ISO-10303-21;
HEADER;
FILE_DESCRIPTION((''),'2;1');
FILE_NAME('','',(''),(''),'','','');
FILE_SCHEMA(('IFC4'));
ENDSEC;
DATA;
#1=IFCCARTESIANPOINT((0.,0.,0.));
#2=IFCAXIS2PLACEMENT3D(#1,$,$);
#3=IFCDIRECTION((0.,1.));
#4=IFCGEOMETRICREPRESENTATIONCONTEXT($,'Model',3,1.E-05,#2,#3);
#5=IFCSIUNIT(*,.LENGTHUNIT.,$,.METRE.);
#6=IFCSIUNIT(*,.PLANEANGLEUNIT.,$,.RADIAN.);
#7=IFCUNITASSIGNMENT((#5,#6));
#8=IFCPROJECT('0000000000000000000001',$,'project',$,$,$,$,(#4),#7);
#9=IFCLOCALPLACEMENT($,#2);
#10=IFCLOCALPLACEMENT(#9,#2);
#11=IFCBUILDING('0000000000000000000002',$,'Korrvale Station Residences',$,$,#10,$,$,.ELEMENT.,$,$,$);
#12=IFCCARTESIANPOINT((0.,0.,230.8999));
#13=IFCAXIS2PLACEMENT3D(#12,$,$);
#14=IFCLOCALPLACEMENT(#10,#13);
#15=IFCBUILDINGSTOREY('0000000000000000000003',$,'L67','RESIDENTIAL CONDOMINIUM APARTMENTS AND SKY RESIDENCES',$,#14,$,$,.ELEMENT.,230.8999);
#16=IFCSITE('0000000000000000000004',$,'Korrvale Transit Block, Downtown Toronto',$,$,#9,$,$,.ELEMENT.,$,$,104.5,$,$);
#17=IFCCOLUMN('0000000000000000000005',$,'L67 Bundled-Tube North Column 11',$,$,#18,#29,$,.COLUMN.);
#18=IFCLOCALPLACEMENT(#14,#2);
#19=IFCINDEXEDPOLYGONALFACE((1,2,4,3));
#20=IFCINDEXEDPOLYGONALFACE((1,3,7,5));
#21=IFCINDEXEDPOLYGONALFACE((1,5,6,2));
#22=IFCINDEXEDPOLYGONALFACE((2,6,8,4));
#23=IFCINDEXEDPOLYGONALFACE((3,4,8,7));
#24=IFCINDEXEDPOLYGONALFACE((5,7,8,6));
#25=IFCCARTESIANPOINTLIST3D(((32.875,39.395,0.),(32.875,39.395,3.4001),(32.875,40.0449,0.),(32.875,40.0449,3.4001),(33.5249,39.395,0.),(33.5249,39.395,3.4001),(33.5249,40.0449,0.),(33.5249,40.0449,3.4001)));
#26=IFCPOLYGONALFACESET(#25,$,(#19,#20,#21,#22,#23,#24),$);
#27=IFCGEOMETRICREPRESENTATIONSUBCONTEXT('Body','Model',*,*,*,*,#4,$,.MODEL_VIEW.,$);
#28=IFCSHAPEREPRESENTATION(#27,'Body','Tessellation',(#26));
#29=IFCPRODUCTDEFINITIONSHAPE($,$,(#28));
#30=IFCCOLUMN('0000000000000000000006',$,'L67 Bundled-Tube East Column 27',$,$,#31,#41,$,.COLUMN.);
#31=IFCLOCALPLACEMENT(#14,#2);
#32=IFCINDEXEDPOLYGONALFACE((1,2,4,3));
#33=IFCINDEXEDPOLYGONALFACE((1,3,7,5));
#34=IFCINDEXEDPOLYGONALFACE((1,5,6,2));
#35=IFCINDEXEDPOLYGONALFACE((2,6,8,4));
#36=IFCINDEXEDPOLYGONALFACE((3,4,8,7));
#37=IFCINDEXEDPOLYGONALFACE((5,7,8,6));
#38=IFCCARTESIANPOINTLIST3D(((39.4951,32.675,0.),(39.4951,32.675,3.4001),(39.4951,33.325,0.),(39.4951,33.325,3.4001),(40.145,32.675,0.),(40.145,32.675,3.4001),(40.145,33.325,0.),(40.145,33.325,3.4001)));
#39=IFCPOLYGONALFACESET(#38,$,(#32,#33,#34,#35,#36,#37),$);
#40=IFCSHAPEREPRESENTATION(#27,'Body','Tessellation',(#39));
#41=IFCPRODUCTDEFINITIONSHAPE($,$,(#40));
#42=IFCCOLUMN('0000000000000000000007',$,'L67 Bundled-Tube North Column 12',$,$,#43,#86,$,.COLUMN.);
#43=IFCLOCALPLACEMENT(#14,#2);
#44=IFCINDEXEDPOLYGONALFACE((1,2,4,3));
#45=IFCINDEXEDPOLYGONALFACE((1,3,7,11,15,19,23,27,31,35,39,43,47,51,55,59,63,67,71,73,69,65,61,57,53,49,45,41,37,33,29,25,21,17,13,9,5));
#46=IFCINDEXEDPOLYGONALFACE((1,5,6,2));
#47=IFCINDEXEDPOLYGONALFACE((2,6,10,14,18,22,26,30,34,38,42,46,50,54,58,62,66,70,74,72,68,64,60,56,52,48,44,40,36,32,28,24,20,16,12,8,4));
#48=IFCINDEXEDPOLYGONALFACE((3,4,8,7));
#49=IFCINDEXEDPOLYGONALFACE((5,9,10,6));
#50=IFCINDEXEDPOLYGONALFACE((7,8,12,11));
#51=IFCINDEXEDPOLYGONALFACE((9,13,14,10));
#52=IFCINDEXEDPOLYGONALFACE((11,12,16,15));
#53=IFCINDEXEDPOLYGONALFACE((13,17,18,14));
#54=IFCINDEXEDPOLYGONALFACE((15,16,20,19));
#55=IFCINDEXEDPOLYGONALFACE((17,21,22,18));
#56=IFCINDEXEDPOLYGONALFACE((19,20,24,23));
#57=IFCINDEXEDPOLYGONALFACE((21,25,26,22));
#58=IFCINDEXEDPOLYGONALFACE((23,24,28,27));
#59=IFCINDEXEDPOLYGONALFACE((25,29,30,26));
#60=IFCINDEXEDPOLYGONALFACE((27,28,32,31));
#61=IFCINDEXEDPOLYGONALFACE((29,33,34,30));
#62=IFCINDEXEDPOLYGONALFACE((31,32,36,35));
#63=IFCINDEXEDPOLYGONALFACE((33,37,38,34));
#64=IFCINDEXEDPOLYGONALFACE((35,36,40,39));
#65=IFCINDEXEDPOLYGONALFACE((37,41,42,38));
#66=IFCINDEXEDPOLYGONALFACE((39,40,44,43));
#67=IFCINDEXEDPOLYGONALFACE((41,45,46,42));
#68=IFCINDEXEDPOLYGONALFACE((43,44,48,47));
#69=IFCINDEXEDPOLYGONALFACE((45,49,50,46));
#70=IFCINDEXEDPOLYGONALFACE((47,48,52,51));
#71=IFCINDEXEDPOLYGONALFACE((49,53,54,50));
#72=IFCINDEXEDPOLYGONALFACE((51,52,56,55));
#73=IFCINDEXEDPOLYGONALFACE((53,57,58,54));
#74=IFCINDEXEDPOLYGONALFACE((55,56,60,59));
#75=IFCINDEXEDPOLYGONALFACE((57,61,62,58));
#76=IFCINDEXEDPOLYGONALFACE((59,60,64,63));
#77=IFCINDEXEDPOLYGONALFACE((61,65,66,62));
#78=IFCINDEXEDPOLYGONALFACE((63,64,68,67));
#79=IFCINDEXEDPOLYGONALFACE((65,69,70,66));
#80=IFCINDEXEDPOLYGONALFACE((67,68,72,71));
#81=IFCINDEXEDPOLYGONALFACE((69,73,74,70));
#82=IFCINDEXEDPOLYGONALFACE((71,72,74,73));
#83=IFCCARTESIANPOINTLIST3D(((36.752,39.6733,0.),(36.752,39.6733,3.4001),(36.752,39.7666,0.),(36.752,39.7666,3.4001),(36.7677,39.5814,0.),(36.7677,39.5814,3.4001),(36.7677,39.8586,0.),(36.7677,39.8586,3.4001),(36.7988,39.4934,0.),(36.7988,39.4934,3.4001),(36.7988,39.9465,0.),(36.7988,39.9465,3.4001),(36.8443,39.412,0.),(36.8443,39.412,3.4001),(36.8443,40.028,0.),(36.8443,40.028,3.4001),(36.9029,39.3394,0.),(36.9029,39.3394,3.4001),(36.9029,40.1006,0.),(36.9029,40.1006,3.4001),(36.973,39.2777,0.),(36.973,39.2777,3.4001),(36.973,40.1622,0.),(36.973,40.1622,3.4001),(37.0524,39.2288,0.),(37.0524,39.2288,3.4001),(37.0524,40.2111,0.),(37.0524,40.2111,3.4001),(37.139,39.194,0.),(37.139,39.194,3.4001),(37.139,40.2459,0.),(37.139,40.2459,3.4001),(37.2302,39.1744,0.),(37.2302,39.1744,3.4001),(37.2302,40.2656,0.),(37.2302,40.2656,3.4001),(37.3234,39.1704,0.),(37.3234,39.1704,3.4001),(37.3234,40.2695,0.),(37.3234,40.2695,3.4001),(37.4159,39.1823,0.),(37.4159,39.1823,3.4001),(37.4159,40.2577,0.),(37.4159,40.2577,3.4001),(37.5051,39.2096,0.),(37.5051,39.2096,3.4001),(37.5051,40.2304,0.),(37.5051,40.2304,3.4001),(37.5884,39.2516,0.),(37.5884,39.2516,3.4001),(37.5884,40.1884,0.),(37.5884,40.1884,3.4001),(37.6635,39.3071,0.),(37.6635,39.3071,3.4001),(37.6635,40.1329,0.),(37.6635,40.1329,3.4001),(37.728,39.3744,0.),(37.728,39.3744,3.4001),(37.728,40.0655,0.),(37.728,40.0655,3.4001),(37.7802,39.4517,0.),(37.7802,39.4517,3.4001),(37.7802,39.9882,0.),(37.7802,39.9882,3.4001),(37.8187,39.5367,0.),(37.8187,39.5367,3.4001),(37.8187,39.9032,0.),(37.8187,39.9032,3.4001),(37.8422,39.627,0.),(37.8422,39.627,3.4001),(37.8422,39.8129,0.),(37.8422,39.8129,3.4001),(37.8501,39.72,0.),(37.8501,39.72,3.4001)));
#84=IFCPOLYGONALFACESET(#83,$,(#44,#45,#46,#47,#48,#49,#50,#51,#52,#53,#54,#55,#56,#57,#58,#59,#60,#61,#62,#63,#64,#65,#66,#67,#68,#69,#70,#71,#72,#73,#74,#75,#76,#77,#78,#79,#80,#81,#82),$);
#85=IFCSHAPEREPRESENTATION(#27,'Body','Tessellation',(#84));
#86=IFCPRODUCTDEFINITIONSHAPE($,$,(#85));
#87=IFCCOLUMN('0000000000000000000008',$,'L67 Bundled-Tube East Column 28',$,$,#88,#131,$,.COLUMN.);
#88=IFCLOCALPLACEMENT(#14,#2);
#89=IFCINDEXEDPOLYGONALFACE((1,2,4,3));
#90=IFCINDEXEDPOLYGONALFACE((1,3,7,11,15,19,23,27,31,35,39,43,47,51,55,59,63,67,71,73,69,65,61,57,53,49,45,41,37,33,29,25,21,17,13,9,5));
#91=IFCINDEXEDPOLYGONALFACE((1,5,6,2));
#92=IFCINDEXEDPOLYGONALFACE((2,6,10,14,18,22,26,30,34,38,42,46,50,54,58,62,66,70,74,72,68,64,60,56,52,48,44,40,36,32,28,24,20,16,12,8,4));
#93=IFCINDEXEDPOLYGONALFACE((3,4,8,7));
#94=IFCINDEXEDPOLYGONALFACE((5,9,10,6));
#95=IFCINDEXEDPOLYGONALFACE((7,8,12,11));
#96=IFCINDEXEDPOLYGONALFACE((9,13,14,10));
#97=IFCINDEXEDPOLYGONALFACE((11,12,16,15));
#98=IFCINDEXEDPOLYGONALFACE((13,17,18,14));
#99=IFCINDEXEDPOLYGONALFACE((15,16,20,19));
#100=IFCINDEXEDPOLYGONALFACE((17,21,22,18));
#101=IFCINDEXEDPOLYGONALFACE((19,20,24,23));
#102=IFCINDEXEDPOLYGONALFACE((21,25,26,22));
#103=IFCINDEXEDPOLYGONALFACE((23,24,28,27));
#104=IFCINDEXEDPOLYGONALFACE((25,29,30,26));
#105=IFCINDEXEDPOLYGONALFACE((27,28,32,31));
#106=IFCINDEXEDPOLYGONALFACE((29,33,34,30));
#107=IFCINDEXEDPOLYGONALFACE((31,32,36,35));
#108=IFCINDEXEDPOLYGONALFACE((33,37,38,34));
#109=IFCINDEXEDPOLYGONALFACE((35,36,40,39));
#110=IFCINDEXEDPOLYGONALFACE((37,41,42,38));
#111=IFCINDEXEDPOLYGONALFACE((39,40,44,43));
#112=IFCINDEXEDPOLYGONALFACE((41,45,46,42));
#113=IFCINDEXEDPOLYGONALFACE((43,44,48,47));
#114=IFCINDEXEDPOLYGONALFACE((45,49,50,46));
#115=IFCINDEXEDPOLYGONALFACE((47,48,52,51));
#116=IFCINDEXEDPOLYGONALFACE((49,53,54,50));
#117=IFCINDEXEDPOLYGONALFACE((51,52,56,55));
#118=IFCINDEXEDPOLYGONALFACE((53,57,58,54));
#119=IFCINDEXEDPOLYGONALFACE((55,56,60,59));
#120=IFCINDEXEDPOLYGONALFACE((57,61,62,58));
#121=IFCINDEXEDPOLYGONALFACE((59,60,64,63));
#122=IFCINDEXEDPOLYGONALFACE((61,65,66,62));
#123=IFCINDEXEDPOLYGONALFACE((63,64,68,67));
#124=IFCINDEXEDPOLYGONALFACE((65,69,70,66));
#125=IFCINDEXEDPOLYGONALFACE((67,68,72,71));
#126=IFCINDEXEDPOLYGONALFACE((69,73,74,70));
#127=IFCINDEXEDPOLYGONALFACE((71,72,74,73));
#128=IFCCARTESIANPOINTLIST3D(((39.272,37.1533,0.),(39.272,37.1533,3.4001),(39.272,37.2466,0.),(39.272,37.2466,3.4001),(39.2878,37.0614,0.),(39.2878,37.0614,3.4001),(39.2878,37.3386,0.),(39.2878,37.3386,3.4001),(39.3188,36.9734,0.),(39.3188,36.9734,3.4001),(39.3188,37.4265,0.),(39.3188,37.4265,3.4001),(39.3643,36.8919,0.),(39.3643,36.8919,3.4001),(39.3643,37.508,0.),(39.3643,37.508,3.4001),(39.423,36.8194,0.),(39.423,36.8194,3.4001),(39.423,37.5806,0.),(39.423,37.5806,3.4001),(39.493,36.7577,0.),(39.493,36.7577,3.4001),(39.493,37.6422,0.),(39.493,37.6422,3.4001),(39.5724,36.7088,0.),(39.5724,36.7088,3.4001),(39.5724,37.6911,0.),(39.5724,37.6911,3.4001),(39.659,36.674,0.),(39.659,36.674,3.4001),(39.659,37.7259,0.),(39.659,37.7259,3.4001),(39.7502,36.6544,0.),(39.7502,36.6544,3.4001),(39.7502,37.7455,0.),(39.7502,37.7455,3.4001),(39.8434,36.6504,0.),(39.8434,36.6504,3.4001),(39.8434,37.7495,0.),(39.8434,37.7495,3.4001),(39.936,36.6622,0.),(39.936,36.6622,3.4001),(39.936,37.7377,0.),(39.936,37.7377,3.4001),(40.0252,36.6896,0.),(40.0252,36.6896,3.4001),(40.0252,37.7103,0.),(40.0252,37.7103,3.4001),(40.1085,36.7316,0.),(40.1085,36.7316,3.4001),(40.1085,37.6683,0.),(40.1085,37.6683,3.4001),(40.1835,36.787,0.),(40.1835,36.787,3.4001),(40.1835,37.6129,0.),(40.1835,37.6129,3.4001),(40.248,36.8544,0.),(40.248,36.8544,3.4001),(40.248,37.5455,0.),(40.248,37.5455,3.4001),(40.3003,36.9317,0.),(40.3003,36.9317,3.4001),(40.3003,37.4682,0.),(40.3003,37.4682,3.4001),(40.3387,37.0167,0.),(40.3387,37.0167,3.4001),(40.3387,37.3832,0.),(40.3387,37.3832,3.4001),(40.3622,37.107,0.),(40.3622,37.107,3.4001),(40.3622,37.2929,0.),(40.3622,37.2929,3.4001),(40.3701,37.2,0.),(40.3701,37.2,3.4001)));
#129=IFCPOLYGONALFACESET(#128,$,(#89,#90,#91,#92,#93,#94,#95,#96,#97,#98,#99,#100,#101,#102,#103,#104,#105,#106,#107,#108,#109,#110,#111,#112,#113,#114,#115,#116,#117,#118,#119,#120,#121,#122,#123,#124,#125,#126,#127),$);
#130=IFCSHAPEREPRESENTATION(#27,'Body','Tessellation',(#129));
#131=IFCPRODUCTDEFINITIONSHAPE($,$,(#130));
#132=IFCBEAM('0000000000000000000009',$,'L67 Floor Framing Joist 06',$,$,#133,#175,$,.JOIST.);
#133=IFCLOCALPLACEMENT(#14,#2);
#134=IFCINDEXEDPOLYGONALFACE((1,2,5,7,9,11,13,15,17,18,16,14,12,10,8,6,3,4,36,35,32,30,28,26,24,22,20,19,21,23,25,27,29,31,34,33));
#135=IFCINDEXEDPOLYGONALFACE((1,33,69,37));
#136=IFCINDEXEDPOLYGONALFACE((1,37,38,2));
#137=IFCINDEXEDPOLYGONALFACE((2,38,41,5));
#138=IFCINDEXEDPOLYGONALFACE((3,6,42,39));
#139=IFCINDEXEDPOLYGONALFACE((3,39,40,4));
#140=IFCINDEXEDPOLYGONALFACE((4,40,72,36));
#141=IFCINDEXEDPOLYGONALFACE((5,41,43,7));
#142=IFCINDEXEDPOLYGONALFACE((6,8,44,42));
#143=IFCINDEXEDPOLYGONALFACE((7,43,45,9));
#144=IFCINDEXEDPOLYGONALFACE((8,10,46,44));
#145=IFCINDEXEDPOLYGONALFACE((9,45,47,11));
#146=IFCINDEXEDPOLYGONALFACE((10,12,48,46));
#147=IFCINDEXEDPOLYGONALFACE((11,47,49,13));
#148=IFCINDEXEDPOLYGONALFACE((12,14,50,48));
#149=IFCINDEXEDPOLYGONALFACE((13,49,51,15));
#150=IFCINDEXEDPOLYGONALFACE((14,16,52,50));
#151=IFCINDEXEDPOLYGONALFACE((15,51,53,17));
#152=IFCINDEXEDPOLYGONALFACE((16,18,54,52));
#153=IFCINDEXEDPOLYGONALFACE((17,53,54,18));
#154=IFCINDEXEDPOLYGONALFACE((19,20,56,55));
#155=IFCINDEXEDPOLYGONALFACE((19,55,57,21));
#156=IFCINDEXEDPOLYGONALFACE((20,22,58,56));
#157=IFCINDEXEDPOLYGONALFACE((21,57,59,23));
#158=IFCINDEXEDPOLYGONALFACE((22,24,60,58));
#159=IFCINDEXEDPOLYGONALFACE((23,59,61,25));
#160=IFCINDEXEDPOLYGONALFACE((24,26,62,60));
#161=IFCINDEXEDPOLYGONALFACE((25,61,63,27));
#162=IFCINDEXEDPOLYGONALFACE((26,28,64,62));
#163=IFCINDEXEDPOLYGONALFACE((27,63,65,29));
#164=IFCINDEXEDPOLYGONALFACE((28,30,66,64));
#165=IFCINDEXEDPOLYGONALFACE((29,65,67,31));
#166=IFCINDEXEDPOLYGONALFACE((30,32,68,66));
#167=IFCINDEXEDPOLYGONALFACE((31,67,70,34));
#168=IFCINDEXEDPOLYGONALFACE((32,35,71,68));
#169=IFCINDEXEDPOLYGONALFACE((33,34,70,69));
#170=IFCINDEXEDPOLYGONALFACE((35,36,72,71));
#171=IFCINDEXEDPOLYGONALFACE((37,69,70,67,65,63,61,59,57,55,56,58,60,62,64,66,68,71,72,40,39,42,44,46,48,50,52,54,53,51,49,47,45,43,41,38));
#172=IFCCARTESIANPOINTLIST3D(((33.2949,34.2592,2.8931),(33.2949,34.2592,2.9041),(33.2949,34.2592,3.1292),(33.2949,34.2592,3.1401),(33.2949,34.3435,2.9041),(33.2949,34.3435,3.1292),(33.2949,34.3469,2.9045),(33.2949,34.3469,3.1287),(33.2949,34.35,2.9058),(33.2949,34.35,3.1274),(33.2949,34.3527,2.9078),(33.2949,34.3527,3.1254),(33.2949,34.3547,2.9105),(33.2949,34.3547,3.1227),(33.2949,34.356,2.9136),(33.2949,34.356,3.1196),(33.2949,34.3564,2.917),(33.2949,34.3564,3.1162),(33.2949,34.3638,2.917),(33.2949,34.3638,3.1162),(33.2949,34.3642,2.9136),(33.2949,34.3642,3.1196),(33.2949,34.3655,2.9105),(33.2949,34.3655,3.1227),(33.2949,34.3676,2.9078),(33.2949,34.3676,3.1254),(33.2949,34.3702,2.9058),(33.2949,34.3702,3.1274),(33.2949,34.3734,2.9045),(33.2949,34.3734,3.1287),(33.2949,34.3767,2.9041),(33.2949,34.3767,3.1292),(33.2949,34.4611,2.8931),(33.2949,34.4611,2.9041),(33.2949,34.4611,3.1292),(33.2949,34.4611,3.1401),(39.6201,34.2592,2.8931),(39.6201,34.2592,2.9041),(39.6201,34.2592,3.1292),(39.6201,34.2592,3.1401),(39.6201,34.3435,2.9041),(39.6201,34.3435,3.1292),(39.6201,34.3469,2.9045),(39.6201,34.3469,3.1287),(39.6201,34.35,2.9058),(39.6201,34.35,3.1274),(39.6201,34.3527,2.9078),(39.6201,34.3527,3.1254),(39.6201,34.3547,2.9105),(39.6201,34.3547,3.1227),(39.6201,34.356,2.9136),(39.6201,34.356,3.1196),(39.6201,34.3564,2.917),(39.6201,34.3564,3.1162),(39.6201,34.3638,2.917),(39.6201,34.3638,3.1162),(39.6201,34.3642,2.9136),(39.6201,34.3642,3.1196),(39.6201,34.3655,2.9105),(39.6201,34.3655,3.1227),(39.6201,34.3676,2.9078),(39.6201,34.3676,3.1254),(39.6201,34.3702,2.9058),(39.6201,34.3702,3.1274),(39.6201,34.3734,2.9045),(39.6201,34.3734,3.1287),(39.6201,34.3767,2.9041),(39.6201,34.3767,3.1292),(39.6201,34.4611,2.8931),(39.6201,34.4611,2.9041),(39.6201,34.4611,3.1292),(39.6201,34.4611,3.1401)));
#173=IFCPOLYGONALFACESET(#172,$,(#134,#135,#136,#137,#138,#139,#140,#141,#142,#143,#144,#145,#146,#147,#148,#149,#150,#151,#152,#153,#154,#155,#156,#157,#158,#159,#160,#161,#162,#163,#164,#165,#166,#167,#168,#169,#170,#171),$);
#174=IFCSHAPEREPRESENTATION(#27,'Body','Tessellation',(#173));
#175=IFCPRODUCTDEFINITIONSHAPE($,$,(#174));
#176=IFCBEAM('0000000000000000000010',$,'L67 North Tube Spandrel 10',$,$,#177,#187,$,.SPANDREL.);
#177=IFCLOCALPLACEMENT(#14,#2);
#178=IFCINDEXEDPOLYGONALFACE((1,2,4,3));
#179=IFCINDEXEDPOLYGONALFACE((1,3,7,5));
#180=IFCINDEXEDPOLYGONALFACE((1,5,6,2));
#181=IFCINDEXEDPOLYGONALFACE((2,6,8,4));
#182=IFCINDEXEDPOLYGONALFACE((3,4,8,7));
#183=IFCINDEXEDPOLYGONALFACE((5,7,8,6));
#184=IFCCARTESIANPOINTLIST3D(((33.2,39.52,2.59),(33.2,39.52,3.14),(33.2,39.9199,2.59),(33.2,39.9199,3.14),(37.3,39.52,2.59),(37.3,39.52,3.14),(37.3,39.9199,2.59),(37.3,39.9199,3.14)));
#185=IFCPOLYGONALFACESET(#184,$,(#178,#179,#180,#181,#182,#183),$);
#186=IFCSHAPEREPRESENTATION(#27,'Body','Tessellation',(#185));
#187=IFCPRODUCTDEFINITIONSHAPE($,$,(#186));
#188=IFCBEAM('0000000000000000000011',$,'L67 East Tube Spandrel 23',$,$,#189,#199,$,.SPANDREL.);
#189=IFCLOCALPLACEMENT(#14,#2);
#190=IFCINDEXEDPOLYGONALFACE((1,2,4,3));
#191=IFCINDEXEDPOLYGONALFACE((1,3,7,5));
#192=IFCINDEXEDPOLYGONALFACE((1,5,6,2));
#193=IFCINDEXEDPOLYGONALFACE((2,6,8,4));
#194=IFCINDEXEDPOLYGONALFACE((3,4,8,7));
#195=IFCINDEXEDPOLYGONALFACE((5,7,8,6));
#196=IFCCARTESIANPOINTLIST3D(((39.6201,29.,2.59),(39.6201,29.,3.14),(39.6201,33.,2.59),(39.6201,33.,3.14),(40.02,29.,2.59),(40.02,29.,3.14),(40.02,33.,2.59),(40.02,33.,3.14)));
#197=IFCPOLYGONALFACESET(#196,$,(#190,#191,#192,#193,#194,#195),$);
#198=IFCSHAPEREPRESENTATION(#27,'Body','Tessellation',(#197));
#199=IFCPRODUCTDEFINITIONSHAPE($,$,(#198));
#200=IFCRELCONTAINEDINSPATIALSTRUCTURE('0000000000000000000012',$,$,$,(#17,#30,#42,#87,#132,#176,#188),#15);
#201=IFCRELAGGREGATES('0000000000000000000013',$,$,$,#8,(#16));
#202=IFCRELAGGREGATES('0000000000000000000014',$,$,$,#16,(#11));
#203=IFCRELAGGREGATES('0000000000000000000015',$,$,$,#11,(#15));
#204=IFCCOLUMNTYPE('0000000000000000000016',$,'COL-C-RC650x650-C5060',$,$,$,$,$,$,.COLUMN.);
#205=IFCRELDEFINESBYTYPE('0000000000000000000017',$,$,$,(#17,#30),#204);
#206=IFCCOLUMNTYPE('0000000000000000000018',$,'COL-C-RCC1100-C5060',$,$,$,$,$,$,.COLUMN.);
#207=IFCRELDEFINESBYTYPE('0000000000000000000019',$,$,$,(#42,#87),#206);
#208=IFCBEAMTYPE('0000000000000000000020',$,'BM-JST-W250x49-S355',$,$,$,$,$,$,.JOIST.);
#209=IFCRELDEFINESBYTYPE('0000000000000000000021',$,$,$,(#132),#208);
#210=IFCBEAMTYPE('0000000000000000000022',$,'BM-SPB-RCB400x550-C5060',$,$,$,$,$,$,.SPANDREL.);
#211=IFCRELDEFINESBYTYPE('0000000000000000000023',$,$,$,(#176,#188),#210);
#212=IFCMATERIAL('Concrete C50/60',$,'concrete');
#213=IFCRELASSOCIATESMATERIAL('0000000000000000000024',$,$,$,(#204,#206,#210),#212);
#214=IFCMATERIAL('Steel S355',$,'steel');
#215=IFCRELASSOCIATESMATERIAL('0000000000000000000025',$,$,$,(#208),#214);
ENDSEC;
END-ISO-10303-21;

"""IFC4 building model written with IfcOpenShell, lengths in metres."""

from ifc_helpers import new_model, si_unit, direction, frame, origin, origin_2d, place, context, subcontext, project, spatial, rectangle, circle, i_section, extrude, material, material_profile, profile_set, type_object, element, save


model = new_model("IFC4")

# Units and contexts
model_context = context("Model", 3, precision=1e-05, world=origin(), true_north=direction((0.0, 1.0)))
body_context = subcontext(model_context, "Body", "Model", "MODEL_VIEW")
ifc_project = project(units=[si_unit("LENGTHUNIT", "METRE"), si_unit("PLANEANGLEUNIT", "RADIAN")], contexts=[model_context])

# Site, building, storey
site_placement = place(None, origin())
site = spatial("IfcSite", under=ifc_project, at=site_placement, Name="Korrvale Transit Block, Downtown Toronto", CompositionType="ELEMENT", RefElevation=104.5)
building_placement = place(site_placement, origin())
building = spatial("IfcBuilding", under=site, at=building_placement, Name="Korrvale Station Residences", CompositionType="ELEMENT")
storey_placement = place(building_placement, frame((0.0, 0.0, 230.8999)))
storey = spatial("IfcBuildingStorey", under=building, at=storey_placement, Name="L67", Description="RESIDENTIAL CONDOMINIUM APARTMENTS AND SKY RESIDENCES", CompositionType="ELEMENT", Elevation=230.8999)

# Columns
ifc_material_1 = material(Name="Concrete C50/60", Category="concrete")
ifc_material_profile_1 = material_profile(ifc_material_1, rectangle(XDim=0.6499, YDim=0.6499, at=origin_2d()), Name="RC650x650")
ifc_profile_set_1 = profile_set([ifc_material_profile_1], Name="Concrete C50/60")
column_type_1 = type_object("IfcColumnType", Name="COL-C-RC650x650-C5060", PredefinedType="COLUMN", material=ifc_profile_set_1)
for number, where, z_axis, x_axis, name in (
    (1, (33.2, 39.72, 0.0), (0.0, 0.0, 1.0), (1.0, 0.0, 0.0), "L67 Bundled-Tube North Column 11"),
    (2, (39.8201, 33.0, 0.0), (0.0, 0.0, 1.0), (1.0, 0.0, 0.0), "L67 Bundled-Tube East Column 27"),
):
    element("IfcColumn", number, at=place(storey_placement, frame(where, z_axis=z_axis, x_axis=x_axis)), inside=storey, type_object=column_type_1, Name=name, PredefinedType="COLUMN", context=body_context, shape_type="SweptSolid", body=[
        extrude(rectangle(XDim=0.6499, YDim=0.6499, at=origin_2d()), origin(), (0.0, 0.0, 1.0), 3.4001),
    ])
ifc_material_profile_2 = material_profile(ifc_material_1, circle(Radius=0.55, at=origin_2d()), Name="RCC1100")
ifc_profile_set_2 = profile_set([ifc_material_profile_2], Name="Concrete C50/60")
column_type_2 = type_object("IfcColumnType", Name="COL-C-RCC1100-C5060", PredefinedType="COLUMN", material=ifc_profile_set_2)
for number, where, z_axis, x_axis, name in (
    (3, (37.3, 39.72, 0.0), (0.0, 0.0, 1.0), (1.0, 0.0, 0.0), "L67 Bundled-Tube North Column 12"),
    (4, (39.8201, 37.2, 0.0), (0.0, 0.0, 1.0), (1.0, 0.0, 0.0), "L67 Bundled-Tube East Column 28"),
):
    element("IfcColumn", number, at=place(storey_placement, frame(where, z_axis=z_axis, x_axis=x_axis)), inside=storey, type_object=column_type_2, Name=name, PredefinedType="COLUMN", context=body_context, shape_type="SweptSolid", body=[
        extrude(circle(Radius=0.55, at=origin_2d()), origin(), (0.0, 0.0, 1.0), 3.4001),
    ])

# Beams
ifc_material_2 = material(Name="Steel S355", Category="steel")
ifc_material_profile_3 = material_profile(ifc_material_2, i_section(OverallWidth=0.2019, OverallDepth=0.2471, WebThickness=0.0073, FlangeThickness=0.011, FilletRadius=0.0129, at=origin_2d()), Name="W250x49")
ifc_profile_set_3 = profile_set([ifc_material_profile_3], Name="Steel S355")
beam_type_1 = type_object("IfcBeamType", Name="BM-JST-W250x49-S355", PredefinedType="JOIST", material=ifc_profile_set_3)
beam_1_placement = place(storey_placement, frame((33.2949, 34.3601, 3.0166), z_axis=(1.0, 0.0, 0.0), x_axis=(0.0, 1.0, 0.0)))
element("IfcBeam", 5, at=beam_1_placement, inside=storey, type_object=beam_type_1, Name="L67 Floor Framing Joist 06", PredefinedType="JOIST", context=body_context, shape_type="SweptSolid", body=[
    extrude(i_section(OverallWidth=0.2019, OverallDepth=0.2471, WebThickness=0.0073, FlangeThickness=0.011, FilletRadius=0.0129, at=origin_2d()), origin(), (0.0, 0.0, 1.0), 6.3252),
])
ifc_material_profile_4 = material_profile(ifc_material_1, rectangle(XDim=0.3999, YDim=0.55, at=origin_2d()), Name="RCB400x550")
ifc_profile_set_4 = profile_set([ifc_material_profile_4], Name="Concrete C50/60")
beam_type_2 = type_object("IfcBeamType", Name="BM-SPB-RCB400x550-C5060", PredefinedType="SPANDREL", material=ifc_profile_set_4)
beam_2_placement = place(storey_placement, frame((33.2, 39.72, 2.865), z_axis=(1.0, 0.0, 0.0), x_axis=(0.0, 1.0, 0.0)))
element("IfcBeam", 6, at=beam_2_placement, inside=storey, type_object=beam_type_2, Name="L67 North Tube Spandrel 10", PredefinedType="SPANDREL", context=body_context, shape_type="SweptSolid", body=[
    extrude(rectangle(XDim=0.3999, YDim=0.55, at=origin_2d()), origin(), (0.0, 0.0, 1.0), 4.1001),
])
beam_3_placement = place(storey_placement, frame((39.8201, 29.0, 2.865), z_axis=(0.0, 1.0, 0.0), x_axis=(-1.0, 0.0, 0.0)))
element("IfcBeam", 7, at=beam_3_placement, inside=storey, type_object=beam_type_2, Name="L67 East Tube Spandrel 23", PredefinedType="SPANDREL", context=body_context, shape_type="SweptSolid", body=[
    extrude(rectangle(XDim=0.3999, YDim=0.55, at=origin_2d()), origin(), (0.0, 0.0, 1.0), 4.0),
])

save(model, "model.ifc")
